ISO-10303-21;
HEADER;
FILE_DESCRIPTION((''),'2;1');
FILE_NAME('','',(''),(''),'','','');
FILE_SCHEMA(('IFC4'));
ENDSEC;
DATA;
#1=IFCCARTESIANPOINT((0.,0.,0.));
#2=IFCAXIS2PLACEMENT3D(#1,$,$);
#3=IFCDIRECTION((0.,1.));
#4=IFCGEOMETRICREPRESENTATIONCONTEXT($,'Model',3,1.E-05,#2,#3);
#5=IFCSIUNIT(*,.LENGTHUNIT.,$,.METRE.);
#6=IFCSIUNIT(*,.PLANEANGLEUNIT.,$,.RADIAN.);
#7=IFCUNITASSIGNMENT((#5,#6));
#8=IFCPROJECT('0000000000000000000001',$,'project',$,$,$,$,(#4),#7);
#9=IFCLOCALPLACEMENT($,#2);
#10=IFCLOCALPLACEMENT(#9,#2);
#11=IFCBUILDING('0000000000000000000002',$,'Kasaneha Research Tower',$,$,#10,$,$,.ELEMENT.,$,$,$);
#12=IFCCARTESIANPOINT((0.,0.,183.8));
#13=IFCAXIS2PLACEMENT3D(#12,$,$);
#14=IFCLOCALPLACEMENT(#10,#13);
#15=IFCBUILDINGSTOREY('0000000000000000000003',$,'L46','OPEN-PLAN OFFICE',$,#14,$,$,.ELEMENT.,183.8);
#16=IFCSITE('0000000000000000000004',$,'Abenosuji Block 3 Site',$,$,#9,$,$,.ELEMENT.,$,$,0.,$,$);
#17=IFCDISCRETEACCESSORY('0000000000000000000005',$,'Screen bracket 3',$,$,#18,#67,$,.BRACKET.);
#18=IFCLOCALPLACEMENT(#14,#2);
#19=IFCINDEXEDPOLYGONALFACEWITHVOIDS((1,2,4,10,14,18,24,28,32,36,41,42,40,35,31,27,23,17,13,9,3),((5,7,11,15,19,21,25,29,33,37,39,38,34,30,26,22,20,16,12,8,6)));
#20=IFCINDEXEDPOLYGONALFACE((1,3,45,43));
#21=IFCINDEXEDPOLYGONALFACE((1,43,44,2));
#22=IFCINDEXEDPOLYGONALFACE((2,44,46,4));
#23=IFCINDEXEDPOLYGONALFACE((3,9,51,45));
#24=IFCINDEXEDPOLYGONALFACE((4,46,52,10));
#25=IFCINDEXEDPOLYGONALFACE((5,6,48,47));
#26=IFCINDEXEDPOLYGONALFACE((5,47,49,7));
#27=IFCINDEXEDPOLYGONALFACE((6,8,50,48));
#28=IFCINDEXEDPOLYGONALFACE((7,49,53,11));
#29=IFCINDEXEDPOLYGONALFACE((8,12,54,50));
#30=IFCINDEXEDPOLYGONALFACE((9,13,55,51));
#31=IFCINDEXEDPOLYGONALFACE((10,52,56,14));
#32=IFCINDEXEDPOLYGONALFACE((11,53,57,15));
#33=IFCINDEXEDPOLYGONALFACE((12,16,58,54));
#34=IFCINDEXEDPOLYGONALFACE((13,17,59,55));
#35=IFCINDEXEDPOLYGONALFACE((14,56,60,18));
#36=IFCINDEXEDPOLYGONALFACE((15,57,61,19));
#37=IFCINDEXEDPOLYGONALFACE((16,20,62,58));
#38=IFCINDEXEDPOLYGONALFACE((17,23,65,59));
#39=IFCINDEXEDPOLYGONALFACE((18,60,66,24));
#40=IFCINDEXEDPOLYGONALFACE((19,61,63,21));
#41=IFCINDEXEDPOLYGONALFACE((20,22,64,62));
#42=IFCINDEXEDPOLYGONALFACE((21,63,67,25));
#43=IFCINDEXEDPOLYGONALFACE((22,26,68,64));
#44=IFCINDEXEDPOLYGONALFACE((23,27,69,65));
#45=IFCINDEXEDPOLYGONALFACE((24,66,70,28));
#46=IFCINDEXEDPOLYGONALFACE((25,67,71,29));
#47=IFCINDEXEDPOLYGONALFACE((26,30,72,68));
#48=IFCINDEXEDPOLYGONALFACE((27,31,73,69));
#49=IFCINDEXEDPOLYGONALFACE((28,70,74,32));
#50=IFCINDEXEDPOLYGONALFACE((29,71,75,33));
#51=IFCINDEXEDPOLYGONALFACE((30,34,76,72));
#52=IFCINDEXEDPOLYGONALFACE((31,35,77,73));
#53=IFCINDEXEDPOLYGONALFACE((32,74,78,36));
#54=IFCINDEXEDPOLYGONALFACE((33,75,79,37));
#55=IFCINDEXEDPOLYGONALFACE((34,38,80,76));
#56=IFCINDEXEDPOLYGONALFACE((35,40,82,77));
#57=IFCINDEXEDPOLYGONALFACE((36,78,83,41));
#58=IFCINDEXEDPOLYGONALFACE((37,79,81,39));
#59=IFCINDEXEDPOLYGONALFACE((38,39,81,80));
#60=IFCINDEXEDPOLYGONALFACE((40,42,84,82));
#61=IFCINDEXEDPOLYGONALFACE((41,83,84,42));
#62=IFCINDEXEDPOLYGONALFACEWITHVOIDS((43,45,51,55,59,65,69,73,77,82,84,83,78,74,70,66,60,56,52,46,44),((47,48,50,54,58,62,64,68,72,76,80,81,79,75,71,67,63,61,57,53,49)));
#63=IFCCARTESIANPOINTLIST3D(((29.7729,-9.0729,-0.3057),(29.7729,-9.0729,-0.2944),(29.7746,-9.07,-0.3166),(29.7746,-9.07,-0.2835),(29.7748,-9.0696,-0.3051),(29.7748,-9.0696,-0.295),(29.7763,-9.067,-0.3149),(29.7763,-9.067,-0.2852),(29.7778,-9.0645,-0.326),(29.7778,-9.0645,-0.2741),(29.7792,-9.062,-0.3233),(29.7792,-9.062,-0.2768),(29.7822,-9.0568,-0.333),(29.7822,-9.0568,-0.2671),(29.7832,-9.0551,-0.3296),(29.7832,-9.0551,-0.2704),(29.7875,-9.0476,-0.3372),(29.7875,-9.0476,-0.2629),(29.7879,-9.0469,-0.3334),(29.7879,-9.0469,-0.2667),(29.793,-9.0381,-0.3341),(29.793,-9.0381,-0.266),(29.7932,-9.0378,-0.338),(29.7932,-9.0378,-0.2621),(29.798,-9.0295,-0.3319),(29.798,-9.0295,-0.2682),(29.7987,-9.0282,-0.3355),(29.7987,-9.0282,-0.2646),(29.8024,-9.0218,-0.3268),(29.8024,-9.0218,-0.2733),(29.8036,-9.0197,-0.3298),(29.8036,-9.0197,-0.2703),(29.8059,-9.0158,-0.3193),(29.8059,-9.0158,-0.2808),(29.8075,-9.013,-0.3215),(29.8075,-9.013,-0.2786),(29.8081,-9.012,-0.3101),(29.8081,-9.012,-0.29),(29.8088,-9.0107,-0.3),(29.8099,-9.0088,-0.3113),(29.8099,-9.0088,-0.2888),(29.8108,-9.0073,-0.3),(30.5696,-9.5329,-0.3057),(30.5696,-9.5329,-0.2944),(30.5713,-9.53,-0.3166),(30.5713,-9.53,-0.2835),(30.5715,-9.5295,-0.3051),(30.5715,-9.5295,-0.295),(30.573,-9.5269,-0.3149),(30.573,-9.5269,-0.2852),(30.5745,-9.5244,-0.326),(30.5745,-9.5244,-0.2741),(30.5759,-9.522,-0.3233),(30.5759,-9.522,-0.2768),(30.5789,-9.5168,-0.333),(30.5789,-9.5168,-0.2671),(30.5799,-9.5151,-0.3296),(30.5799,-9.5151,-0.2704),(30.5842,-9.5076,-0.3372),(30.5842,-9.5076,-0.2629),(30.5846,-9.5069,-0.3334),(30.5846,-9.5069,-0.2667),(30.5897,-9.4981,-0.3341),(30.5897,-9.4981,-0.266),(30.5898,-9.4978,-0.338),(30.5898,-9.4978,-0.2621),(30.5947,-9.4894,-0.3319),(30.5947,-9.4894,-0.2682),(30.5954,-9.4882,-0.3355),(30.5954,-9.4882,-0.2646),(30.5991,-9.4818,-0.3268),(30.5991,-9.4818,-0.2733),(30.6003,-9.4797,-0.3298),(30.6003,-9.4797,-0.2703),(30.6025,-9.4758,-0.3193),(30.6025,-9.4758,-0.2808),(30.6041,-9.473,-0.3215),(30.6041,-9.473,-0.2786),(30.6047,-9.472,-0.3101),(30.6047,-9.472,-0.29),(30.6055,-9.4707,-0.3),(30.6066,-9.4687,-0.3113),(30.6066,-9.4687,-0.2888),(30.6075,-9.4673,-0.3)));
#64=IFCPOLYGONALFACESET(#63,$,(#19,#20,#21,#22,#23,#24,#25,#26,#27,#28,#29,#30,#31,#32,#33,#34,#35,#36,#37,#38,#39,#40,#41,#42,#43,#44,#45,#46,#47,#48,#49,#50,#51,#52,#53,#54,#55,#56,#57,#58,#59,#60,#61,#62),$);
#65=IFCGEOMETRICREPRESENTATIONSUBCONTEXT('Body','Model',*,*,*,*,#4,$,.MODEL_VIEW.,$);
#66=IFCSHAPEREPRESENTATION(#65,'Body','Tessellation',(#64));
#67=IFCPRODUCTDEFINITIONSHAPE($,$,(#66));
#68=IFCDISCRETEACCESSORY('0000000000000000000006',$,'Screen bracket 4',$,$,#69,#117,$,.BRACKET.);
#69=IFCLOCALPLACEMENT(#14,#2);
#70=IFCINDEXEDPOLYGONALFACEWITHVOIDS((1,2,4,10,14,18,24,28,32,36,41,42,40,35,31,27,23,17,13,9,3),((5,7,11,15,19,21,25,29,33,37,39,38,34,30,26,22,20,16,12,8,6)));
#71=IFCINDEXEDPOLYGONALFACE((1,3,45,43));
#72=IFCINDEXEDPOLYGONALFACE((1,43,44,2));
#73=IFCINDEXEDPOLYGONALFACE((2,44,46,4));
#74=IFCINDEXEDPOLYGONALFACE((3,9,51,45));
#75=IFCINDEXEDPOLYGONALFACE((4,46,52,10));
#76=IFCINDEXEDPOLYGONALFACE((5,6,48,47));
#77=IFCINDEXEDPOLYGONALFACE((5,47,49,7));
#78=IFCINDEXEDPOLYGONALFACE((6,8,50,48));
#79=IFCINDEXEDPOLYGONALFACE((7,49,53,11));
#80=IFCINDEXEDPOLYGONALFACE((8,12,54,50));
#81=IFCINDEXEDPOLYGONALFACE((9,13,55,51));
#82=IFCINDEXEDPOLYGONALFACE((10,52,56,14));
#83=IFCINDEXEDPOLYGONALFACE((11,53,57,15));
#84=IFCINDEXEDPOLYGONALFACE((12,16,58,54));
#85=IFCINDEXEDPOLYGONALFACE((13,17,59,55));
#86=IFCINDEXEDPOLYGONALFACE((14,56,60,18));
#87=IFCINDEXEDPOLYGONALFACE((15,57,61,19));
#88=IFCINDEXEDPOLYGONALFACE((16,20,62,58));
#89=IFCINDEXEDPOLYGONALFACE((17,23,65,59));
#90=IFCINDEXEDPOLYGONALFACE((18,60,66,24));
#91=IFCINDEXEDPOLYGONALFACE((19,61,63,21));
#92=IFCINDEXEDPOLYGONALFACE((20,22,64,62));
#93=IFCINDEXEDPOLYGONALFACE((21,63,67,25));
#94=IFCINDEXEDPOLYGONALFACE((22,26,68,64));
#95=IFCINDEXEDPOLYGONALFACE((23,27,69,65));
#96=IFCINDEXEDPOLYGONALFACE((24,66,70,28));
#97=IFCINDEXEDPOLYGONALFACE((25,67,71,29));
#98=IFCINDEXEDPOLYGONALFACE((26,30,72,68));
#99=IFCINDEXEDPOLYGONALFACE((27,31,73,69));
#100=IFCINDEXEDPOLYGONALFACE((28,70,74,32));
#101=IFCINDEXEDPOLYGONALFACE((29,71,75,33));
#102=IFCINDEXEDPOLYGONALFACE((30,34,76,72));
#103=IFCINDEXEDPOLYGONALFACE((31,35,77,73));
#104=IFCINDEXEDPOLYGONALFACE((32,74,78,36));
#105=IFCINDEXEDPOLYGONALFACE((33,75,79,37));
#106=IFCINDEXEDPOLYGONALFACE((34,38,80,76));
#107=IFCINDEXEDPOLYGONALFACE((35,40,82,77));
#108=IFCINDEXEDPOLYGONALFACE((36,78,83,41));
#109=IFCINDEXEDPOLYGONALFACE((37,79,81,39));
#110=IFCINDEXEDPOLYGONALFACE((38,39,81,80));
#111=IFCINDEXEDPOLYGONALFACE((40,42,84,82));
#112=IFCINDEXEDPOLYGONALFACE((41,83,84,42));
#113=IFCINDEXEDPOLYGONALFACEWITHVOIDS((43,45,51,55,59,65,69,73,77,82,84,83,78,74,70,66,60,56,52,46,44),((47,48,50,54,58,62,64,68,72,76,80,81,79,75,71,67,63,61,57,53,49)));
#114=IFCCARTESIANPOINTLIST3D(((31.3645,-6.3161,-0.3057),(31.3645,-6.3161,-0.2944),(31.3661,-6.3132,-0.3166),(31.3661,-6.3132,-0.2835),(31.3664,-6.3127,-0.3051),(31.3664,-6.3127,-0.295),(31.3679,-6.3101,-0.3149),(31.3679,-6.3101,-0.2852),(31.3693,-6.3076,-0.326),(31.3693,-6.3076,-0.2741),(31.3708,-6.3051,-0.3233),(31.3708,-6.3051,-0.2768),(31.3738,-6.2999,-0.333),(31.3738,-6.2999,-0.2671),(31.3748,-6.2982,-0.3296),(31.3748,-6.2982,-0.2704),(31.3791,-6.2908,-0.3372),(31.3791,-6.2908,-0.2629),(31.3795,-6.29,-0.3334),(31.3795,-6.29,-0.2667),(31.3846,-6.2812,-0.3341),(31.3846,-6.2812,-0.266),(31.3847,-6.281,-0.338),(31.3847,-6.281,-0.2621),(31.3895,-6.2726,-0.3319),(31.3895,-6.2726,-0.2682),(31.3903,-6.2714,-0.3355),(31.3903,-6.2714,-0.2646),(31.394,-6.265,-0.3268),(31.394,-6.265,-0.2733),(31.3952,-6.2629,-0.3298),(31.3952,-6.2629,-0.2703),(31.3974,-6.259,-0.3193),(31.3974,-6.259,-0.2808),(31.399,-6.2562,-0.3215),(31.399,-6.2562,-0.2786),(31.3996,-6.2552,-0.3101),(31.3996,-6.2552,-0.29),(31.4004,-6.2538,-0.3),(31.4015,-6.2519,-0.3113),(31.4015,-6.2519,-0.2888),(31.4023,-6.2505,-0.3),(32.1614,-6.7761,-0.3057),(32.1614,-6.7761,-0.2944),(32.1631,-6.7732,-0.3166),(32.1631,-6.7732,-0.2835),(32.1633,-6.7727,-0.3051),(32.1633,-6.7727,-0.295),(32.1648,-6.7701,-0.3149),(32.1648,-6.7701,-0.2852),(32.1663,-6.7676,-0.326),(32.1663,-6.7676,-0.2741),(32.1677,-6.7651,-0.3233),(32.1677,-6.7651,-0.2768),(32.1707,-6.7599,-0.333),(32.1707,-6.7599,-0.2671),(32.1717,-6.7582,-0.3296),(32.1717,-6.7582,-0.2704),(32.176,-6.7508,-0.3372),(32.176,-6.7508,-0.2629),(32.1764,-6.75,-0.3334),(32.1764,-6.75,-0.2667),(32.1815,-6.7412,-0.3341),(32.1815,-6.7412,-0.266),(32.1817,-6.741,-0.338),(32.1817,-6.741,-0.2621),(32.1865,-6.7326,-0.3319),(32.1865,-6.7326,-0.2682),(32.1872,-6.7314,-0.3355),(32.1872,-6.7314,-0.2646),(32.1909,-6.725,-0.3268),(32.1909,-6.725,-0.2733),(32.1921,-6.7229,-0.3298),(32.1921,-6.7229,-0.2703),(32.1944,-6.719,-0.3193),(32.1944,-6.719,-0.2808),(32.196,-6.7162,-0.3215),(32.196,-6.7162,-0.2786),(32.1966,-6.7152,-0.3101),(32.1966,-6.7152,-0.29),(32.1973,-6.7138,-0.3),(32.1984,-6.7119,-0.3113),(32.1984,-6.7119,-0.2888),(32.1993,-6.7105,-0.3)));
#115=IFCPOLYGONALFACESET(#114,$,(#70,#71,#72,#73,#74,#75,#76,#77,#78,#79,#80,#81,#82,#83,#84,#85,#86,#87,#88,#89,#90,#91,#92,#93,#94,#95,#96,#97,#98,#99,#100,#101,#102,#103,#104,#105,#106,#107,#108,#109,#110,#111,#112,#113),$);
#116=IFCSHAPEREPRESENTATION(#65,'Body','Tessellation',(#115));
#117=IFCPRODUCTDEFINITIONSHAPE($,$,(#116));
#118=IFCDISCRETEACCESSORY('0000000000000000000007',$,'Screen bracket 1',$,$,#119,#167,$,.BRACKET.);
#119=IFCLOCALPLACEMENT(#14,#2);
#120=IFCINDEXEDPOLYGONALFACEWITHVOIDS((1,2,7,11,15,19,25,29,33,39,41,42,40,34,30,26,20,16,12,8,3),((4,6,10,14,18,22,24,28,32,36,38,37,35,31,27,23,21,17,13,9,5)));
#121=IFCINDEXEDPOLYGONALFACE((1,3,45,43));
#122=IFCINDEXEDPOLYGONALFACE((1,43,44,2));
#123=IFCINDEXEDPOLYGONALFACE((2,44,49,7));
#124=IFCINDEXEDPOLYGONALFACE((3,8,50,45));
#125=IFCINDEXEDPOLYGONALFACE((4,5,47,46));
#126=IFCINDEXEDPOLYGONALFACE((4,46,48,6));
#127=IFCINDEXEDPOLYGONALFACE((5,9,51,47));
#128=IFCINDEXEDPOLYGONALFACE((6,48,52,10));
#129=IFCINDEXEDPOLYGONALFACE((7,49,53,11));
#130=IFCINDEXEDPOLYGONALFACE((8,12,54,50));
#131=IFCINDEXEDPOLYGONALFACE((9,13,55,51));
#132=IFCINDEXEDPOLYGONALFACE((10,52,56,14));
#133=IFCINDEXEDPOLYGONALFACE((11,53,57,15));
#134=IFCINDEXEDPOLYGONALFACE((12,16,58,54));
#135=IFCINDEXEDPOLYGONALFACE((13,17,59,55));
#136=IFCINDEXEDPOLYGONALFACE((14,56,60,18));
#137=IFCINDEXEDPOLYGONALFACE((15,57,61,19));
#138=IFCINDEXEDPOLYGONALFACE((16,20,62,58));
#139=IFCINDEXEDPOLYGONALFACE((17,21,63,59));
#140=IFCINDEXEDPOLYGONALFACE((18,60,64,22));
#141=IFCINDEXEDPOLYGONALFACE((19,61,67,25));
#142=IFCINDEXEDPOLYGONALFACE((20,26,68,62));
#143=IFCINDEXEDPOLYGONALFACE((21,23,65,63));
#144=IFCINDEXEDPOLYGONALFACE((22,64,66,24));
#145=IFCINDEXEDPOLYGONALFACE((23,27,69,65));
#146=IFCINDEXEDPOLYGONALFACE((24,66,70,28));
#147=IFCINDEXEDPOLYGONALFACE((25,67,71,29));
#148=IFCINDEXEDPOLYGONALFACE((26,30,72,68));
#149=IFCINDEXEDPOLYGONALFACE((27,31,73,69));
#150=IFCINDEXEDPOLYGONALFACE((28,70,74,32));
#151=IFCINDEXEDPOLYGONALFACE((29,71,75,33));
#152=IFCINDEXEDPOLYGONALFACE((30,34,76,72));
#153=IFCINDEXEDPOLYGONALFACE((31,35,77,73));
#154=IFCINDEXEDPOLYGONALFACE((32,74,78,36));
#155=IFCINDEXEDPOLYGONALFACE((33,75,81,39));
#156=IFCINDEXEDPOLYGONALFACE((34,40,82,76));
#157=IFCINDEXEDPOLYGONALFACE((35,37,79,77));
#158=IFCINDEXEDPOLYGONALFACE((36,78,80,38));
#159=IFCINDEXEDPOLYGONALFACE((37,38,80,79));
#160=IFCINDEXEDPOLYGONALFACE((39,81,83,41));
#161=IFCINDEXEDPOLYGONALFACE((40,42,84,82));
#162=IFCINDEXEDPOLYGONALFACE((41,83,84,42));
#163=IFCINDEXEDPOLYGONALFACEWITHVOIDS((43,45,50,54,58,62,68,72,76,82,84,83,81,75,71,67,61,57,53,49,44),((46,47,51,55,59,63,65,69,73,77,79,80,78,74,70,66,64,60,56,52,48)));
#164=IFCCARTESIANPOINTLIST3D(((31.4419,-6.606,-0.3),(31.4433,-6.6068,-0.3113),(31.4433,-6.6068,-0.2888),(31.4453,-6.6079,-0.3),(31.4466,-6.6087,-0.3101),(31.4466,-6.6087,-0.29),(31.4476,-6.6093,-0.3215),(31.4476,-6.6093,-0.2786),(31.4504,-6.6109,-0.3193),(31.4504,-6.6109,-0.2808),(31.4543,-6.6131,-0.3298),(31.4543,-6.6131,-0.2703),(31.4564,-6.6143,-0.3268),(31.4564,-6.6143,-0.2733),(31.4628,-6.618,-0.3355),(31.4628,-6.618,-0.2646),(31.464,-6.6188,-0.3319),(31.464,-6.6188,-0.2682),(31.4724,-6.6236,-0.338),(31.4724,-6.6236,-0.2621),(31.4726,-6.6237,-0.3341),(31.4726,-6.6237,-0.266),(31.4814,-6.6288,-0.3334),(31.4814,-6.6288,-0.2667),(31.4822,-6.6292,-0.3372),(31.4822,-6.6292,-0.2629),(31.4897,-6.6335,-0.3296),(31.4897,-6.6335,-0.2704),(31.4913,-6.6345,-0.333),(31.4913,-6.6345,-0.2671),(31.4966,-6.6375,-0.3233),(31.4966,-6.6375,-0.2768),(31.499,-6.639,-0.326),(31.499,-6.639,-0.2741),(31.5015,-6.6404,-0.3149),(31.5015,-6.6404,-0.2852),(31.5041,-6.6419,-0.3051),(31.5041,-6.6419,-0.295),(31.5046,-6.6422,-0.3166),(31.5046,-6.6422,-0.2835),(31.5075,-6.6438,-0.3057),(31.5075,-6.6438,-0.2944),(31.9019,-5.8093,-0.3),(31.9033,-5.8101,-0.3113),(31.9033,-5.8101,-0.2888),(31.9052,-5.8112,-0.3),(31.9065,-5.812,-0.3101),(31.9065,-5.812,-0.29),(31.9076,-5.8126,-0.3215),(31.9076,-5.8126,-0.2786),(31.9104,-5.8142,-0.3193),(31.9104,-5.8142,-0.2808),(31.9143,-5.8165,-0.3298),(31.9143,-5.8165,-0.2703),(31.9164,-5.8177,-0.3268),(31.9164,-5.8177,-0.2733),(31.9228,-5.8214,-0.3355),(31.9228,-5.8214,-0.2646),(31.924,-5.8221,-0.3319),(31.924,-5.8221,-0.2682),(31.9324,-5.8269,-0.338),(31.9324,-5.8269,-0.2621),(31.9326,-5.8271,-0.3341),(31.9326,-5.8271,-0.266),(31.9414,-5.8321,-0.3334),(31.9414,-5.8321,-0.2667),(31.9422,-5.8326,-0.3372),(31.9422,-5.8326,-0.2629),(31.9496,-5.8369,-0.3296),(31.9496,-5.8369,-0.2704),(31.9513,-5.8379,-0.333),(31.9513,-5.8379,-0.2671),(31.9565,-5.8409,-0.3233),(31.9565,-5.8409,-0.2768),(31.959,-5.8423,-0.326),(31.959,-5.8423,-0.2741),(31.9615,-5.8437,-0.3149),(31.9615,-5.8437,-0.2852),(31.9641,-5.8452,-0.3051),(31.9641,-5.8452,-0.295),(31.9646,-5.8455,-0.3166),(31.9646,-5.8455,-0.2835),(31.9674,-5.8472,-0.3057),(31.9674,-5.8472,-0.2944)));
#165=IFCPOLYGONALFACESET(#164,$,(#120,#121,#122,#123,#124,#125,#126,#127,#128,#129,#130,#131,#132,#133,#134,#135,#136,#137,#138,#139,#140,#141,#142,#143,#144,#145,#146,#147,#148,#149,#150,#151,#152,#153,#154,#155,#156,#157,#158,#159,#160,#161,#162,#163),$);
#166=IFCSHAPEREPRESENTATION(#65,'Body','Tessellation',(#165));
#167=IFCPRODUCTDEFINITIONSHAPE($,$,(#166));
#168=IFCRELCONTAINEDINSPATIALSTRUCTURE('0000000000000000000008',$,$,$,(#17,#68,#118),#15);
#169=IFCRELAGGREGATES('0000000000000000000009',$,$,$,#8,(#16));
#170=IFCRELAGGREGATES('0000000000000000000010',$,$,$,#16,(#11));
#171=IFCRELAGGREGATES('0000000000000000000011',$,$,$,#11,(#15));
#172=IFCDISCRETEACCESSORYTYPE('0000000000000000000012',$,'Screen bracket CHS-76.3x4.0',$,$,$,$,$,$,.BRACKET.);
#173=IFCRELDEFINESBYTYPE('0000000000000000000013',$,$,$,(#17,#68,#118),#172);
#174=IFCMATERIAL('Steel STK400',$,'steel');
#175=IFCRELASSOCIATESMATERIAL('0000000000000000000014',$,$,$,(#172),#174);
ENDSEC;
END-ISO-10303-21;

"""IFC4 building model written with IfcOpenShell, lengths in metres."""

from ifc_helpers import new_model, si_unit, direction, frame, origin, origin_2d, place, context, subcontext, project, spatial, hollow_circle, extrude, material, material_profile, profile_set, type_object, element, save


model = new_model("IFC4")

# Units and contexts
model_context = context("Model", 3, precision=1e-05, world=origin(), true_north=direction((0.0, 1.0)))
body_context = subcontext(model_context, "Body", "Model", "MODEL_VIEW")
ifc_project = project(units=[si_unit("LENGTHUNIT", "METRE"), si_unit("PLANEANGLEUNIT", "RADIAN")], contexts=[model_context])

# Site, building, storey
site_placement = place(None, origin())
site = spatial("IfcSite", under=ifc_project, at=site_placement, Name="Abenosuji Block 3 Site", CompositionType="ELEMENT", RefElevation=0.0)
building_placement = place(site_placement, origin())
building = spatial("IfcBuilding", under=site, at=building_placement, Name="Kasaneha Research Tower", CompositionType="ELEMENT")
storey_placement = place(building_placement, frame((0.0, 0.0, 183.8)))
storey = spatial("IfcBuildingStorey", under=building, at=storey_placement, Name="L46", Description="OPEN-PLAN OFFICE", CompositionType="ELEMENT", Elevation=183.8)

# Discrete accessories
ifc_material_1 = material(Name="Steel STK400", Category="steel")
ifc_material_profile_1 = material_profile(ifc_material_1, hollow_circle(Radius=0.0381, WallThickness=0.0039, at=origin_2d()), Name="CHS-76.3x4.0")
ifc_profile_set_1 = profile_set([ifc_material_profile_1], Name="Steel STK400")
discrete_accessory_type = type_object("IfcDiscreteAccessoryType", Name="Screen bracket CHS-76.3x4.0", PredefinedType="BRACKET", material=ifc_profile_set_1)
discrete_accessory_1_placement = place(storey_placement, frame((29.7917, -9.0403, -0.3), z_axis=(0.866013, -0.500021, 0.0), x_axis=(0.500021, 0.866013, 0.0)))
element("IfcDiscreteAccessory", 1, at=discrete_accessory_1_placement, inside=storey, type_object=discrete_accessory_type, Name="Screen bracket 3", PredefinedType="BRACKET", context=body_context, shape_type="SweptSolid", body=[
    extrude(hollow_circle(Radius=0.0381, WallThickness=0.0039, at=origin_2d()), origin(), (0.0, 0.0, 1.0), 0.9199),
])
discrete_accessory_2_placement = place(storey_placement, frame((31.3833, -6.2834, -0.3), z_axis=(0.86608, -0.499906, 0.0), x_axis=(0.499906, 0.86608, 0.0)))
element("IfcDiscreteAccessory", 2, at=discrete_accessory_2_placement, inside=storey, type_object=discrete_accessory_type, Name="Screen bracket 4", PredefinedType="BRACKET", context=body_context, shape_type="SweptSolid", body=[
    extrude(hollow_circle(Radius=0.0381, WallThickness=0.0039, at=origin_2d()), origin(), (0.0, 0.0, 1.0), 0.9202),
])
discrete_accessory_3_placement = place(storey_placement, frame((31.4749, -6.625, -0.3), z_axis=(0.500021, 0.866013, 0.0), x_axis=(-0.866013, 0.500021, 0.0)))
element("IfcDiscreteAccessory", 3, at=discrete_accessory_3_placement, inside=storey, type_object=discrete_accessory_type, Name="Screen bracket 1", PredefinedType="BRACKET", context=body_context, shape_type="SweptSolid", body=[
    extrude(hollow_circle(Radius=0.0381, WallThickness=0.0039, at=origin_2d()), origin(), (0.0, 0.0, 1.0), 0.9199),
])

save(model, "model.ifc")
